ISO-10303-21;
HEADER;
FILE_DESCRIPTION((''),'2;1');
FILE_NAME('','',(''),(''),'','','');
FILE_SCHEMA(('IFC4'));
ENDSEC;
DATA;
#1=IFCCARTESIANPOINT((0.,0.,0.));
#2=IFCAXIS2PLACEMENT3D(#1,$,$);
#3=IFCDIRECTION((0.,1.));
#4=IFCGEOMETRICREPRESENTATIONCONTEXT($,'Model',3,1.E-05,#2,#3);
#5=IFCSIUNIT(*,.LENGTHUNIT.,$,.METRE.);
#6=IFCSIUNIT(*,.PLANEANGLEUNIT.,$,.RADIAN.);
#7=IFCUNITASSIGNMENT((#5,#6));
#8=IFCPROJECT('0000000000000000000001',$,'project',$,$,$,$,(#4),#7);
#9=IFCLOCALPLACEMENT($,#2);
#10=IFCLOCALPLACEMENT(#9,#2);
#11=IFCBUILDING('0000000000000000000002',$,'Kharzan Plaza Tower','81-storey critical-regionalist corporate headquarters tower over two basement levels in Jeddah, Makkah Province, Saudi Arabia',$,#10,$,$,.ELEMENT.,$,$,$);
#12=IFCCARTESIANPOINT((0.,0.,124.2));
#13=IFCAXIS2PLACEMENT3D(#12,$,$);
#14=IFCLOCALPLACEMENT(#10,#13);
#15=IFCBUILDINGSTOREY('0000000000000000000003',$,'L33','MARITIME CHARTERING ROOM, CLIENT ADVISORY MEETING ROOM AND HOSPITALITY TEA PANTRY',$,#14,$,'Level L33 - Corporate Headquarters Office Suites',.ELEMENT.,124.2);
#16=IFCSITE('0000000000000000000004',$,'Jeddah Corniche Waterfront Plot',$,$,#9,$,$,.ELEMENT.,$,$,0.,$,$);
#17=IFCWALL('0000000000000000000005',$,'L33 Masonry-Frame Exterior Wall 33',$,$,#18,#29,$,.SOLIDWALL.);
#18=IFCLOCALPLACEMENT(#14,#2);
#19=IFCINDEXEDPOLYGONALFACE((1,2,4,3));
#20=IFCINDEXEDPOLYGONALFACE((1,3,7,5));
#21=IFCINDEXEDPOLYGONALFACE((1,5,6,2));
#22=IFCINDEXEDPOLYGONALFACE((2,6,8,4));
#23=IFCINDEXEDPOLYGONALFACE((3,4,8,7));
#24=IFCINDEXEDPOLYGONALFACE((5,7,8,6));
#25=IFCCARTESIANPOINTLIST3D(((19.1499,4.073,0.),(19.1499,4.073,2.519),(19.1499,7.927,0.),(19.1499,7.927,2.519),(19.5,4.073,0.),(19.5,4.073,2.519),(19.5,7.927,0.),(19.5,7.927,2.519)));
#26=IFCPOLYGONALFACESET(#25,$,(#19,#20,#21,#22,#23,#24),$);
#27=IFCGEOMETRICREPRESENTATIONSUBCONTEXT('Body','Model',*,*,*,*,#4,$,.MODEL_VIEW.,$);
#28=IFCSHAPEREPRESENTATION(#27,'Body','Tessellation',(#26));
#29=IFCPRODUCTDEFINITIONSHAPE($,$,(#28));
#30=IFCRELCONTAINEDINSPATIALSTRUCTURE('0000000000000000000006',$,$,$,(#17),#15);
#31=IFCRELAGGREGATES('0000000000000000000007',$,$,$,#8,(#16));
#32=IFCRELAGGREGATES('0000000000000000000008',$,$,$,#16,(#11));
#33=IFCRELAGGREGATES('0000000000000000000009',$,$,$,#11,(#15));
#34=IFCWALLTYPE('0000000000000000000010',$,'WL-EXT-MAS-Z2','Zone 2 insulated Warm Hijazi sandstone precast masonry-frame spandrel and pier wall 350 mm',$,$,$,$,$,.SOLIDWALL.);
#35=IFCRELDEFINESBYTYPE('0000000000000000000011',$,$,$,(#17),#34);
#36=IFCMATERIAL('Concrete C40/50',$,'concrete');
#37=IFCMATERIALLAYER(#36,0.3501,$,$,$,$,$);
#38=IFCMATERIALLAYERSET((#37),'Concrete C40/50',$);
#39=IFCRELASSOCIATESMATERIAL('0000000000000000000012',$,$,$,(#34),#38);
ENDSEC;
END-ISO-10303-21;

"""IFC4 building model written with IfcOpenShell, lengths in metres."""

from ifc_helpers import new_model, si_unit, direction, frame, frame_2d, origin, place, context, subcontext, project, spatial, rectangle, extrude, source, transform, mapped, material, layer, layer_set, type_object, element, save


model = new_model("IFC4")

# Units and contexts
model_context = context("Model", 3, precision=1e-05, world=origin(), true_north=direction((0.0, 1.0)))
body_context = subcontext(model_context, "Body", "Model", "MODEL_VIEW")
ifc_project = project(units=[si_unit("LENGTHUNIT", "METRE"), si_unit("PLANEANGLEUNIT", "RADIAN")], contexts=[model_context])

# Site, building, storey
site_placement = place(None, origin())
site = spatial("IfcSite", under=ifc_project, at=site_placement, Name="Jeddah Corniche Waterfront Plot", CompositionType="ELEMENT", RefElevation=0.0)
building_placement = place(site_placement, origin())
building = spatial("IfcBuilding", under=site, at=building_placement, Name="Kharzan Plaza Tower", Description="81-storey critical-regionalist corporate headquarters tower over two basement levels in Jeddah, Makkah Province, Saudi Arabia", CompositionType="ELEMENT")
storey_placement = place(building_placement, frame((0.0, 0.0, 124.2)))
storey = spatial("IfcBuildingStorey", under=building, at=storey_placement, Name="L33", Description="MARITIME CHARTERING ROOM, CLIENT ADVISORY MEETING ROOM AND HOSPITALITY TEA PANTRY", LongName="Level L33 - Corporate Headquarters Office Suites", CompositionType="ELEMENT", Elevation=124.2)

# Shared definitions
ifc_material_1 = material(Name="Concrete C40/50", Category="concrete")
ifc_layer_1 = layer(ifc_material_1, 0.3501)
ifc_layer_set_1 = layer_set([ifc_layer_1], Name="Concrete C40/50")
wall_type_1 = type_object("IfcWallType", Name="WL-EXT-MAS-Z2", Description="Zone 2 insulated Warm Hijazi sandstone precast masonry-frame spandrel and pier wall 350 mm", PredefinedType="SOLIDWALL", material=ifc_layer_set_1)

# Wall
shared_shape_1 = source(origin(), body_context, "Body", "SweptSolid", [
    extrude(rectangle(XDim=3.854, YDim=0.3501, at=frame_2d((1.927, 0.0))), origin(), (0.0, 0.0, 1.0), 2.519),
])
wall_1_placement = place(storey_placement, frame((19.325, 4.073, 0.0), z_axis=(0.0, 0.0, 1.0), x_axis=(0.0, 1.0, 0.0)))
element("IfcWall", 1, at=wall_1_placement, inside=storey, type_object=wall_type_1, Name="L33 Masonry-Frame Exterior Wall 33", PredefinedType="SOLIDWALL", context=body_context, shape_type="MappedRepresentation", body=[
    mapped(shared_shape_1, transform((0.0, 0.0, 0.0), x_axis=(1.0, 0.0, 0.0), y_axis=(0.0, 1.0, 0.0), z_axis=(0.0, 0.0, 1.0))),
])

save(model, "model.ifc")
